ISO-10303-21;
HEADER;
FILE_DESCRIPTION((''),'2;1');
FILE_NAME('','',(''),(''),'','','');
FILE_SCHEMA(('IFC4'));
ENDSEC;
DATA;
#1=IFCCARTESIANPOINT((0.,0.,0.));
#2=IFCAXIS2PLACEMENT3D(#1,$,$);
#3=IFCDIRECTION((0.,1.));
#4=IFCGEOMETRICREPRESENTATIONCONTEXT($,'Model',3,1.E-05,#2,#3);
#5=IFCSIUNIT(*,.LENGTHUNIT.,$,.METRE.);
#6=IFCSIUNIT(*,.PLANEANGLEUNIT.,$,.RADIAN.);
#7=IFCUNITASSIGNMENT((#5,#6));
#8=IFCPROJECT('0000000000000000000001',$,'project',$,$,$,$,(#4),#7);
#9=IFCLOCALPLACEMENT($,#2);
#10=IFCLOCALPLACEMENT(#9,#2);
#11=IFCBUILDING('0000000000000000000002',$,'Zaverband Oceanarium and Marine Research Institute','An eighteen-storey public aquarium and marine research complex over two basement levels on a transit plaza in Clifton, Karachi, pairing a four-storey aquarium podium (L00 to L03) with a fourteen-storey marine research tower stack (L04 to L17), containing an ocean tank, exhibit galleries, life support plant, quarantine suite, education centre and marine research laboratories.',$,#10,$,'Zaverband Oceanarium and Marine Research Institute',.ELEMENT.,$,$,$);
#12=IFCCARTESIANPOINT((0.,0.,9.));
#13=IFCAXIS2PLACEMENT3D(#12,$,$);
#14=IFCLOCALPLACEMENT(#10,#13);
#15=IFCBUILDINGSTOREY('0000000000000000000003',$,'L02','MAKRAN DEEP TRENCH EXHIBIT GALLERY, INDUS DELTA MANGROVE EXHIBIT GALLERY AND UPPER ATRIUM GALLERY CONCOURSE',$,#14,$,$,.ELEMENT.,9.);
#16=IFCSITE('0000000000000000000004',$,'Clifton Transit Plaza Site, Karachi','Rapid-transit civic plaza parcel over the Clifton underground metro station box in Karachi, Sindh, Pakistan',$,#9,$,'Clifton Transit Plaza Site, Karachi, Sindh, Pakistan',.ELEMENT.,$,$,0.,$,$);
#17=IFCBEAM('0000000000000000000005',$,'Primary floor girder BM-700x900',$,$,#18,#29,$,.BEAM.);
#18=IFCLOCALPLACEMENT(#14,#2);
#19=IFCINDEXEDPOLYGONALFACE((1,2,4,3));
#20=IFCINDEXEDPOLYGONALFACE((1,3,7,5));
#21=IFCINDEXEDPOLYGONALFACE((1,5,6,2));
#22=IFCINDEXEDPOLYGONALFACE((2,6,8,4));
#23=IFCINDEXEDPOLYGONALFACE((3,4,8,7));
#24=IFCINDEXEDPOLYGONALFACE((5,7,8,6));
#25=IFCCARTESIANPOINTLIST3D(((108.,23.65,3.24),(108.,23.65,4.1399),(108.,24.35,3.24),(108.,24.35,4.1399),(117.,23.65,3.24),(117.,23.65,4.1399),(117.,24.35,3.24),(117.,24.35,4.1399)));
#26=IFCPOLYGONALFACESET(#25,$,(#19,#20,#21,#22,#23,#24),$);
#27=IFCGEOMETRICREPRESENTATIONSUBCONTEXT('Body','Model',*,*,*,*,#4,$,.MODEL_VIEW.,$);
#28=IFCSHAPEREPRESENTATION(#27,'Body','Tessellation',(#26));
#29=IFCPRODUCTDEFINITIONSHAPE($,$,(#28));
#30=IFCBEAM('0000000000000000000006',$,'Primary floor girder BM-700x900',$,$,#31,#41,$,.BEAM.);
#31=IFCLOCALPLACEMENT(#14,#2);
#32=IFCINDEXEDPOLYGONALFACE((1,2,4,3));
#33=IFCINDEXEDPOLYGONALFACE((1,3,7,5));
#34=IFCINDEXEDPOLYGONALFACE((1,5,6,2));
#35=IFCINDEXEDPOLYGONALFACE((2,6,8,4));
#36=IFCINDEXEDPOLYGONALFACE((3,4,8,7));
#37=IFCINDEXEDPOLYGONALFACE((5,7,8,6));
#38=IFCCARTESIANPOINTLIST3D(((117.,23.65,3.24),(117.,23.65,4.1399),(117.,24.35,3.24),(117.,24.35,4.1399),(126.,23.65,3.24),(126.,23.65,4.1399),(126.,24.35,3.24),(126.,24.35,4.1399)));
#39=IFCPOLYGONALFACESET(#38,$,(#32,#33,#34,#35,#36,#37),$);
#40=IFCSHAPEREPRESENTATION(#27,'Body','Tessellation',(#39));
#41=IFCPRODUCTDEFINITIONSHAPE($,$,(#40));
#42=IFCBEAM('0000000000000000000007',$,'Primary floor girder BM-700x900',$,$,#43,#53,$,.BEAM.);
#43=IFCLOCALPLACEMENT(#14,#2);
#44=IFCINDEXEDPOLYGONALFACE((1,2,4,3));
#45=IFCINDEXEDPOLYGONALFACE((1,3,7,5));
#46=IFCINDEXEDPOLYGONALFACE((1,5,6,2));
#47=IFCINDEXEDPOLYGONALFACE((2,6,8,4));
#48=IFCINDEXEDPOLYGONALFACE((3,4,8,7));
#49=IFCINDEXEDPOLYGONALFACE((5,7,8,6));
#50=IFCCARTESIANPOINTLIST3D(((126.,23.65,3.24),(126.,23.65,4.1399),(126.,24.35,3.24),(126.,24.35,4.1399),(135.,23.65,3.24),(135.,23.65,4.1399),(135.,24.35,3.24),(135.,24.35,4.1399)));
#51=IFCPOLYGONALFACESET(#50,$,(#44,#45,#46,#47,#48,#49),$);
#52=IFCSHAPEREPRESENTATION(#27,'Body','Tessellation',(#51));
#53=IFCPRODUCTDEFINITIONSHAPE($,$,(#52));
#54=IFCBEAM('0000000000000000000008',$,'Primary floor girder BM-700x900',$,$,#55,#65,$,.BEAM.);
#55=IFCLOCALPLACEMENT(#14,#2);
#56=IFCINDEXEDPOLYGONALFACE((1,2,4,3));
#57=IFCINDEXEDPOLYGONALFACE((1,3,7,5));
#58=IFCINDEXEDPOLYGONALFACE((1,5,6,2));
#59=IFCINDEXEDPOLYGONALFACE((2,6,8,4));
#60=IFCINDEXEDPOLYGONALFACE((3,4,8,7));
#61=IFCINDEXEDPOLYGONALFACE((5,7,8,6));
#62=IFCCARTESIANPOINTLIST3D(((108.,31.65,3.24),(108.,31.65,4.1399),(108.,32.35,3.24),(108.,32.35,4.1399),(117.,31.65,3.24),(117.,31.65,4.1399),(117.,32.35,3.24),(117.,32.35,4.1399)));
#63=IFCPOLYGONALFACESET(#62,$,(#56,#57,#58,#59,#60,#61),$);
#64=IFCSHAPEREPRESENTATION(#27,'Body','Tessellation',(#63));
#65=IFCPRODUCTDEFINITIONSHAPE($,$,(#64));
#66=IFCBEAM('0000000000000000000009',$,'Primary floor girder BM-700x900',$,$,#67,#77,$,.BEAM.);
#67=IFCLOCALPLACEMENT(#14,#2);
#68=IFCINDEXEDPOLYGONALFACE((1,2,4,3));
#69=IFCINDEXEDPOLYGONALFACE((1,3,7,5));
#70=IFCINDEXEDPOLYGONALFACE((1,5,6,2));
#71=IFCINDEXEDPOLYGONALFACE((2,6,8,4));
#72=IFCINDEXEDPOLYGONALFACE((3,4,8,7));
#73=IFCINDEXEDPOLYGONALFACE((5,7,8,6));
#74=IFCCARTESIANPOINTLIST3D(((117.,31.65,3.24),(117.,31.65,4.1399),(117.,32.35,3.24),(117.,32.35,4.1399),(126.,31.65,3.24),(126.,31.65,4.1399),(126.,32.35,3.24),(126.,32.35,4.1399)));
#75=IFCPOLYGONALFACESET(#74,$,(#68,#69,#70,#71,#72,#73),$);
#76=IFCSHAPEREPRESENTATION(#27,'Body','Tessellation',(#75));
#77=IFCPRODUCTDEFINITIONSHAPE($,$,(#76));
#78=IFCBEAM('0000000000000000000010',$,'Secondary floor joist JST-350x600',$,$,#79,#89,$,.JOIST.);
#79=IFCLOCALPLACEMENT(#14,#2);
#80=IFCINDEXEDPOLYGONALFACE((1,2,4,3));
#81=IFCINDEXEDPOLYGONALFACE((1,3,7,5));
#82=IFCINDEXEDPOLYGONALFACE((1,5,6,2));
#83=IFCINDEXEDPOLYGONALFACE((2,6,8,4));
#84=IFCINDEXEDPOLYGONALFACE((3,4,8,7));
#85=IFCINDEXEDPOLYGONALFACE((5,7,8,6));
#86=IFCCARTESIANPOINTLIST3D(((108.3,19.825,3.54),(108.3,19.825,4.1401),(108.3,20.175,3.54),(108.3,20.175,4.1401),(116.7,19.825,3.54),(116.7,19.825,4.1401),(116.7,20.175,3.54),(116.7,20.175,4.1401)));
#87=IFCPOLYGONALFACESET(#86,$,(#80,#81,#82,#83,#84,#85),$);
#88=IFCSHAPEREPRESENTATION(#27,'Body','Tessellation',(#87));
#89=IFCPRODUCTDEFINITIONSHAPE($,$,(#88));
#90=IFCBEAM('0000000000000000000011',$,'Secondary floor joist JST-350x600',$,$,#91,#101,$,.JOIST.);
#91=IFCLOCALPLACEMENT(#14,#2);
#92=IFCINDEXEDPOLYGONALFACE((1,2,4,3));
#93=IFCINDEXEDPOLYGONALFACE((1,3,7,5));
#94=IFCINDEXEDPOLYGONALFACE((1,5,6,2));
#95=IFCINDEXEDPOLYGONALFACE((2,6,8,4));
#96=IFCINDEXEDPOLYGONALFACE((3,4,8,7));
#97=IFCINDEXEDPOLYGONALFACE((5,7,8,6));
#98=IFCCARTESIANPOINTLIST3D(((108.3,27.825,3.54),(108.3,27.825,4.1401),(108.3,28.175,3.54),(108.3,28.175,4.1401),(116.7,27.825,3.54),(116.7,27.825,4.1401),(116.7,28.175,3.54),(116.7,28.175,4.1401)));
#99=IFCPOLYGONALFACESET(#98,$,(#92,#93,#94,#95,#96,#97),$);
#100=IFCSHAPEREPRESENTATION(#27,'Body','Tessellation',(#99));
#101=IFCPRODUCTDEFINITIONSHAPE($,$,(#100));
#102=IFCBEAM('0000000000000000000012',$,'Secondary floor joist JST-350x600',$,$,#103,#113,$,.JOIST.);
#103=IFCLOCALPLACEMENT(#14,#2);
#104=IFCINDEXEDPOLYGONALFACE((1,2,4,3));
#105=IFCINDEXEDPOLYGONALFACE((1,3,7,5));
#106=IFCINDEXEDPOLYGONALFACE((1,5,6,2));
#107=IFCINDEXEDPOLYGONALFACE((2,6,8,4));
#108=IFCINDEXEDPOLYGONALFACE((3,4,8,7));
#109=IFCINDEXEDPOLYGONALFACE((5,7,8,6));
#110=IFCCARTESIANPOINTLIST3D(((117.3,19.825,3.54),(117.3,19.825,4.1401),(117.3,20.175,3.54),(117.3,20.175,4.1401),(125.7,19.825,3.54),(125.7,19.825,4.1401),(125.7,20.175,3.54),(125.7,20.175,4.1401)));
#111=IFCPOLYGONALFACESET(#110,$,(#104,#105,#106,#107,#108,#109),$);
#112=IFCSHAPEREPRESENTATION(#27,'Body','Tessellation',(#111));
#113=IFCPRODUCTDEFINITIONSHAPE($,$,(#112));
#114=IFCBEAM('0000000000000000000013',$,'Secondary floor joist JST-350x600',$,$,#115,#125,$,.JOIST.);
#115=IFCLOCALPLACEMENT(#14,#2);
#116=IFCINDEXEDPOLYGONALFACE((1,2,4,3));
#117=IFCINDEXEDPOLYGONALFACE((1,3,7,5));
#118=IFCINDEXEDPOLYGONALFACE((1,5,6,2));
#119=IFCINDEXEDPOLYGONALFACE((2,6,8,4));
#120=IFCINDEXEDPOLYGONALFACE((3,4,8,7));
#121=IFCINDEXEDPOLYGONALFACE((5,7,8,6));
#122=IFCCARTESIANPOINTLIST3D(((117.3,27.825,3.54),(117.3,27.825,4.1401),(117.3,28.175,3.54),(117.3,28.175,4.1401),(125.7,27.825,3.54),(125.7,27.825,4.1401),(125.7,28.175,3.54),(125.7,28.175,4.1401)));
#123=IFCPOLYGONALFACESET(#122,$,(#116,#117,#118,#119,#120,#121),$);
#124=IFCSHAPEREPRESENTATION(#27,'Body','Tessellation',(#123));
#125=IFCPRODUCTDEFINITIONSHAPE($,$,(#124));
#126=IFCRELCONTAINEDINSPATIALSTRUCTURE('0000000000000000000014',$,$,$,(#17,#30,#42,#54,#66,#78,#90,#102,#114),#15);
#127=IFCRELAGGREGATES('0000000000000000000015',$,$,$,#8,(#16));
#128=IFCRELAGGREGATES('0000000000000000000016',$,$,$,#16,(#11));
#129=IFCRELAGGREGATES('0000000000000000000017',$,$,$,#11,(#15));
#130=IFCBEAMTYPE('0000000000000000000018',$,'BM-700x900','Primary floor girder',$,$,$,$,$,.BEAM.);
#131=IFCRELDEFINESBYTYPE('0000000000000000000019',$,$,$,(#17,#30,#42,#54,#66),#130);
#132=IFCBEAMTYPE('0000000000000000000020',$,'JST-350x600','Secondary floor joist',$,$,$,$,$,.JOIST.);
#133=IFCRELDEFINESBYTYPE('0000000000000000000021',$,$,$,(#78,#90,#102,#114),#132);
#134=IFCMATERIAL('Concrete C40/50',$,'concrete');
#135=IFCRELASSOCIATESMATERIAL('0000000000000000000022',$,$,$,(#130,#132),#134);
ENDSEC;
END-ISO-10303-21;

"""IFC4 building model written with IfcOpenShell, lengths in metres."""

from ifc_helpers import new_model, si_unit, direction, frame, origin, origin_2d, place, context, subcontext, project, spatial, rectangle, extrude, material, material_profile, profile_set, type_object, element, save


model = new_model("IFC4")

# Units and contexts
model_context = context("Model", 3, precision=1e-05, world=origin(), true_north=direction((0.0, 1.0)))
body_context = subcontext(model_context, "Body", "Model", "MODEL_VIEW")
ifc_project = project(units=[si_unit("LENGTHUNIT", "METRE"), si_unit("PLANEANGLEUNIT", "RADIAN")], contexts=[model_context])

# Site, building, storey
site_placement = place(None, origin())
site = spatial("IfcSite", under=ifc_project, at=site_placement, Name="Clifton Transit Plaza Site, Karachi", Description="Rapid-transit civic plaza parcel over the Clifton underground metro station box in Karachi, Sindh, Pakistan", LongName="Clifton Transit Plaza Site, Karachi, Sindh, Pakistan", CompositionType="ELEMENT", RefElevation=0.0)
building_placement = place(site_placement, origin())
building = spatial("IfcBuilding", under=site, at=building_placement, Name="Zaverband Oceanarium and Marine Research Institute", Description="An eighteen-storey public aquarium and marine research complex over two basement levels on a transit plaza in Clifton, Karachi, pairing a four-storey aquarium podium (L00 to L03) with a fourteen-storey marine research tower stack (L04 to L17), containing an ocean tank, exhibit galleries, life support plant, quarantine suite, education centre and marine research laboratories.", LongName="Zaverband Oceanarium and Marine Research Institute", CompositionType="ELEMENT")
storey_placement = place(building_placement, frame((0.0, 0.0, 9.0)))
storey = spatial("IfcBuildingStorey", under=building, at=storey_placement, Name="L02", Description="MAKRAN DEEP TRENCH EXHIBIT GALLERY, INDUS DELTA MANGROVE EXHIBIT GALLERY AND UPPER ATRIUM GALLERY CONCOURSE", CompositionType="ELEMENT", Elevation=9.0)

# Beams
ifc_material_1 = material(Name="Concrete C40/50", Category="concrete")
ifc_material_profile_1 = material_profile(ifc_material_1, rectangle(XDim=0.7, YDim=0.8999, at=origin_2d()), Name="RC700x900")
ifc_profile_set_1 = profile_set([ifc_material_profile_1], Name="Concrete C40/50")
beam_type_1 = type_object("IfcBeamType", Name="BM-700x900", Description="Primary floor girder", PredefinedType="BEAM", material=ifc_profile_set_1)
for number, where, z_axis, x_axis, name in (
    (1, (108.0, 24.0, 3.6899), (1.0, 0.0, 0.0), (0.0, 1.0, 0.0), "Primary floor girder BM-700x900"),
    (2, (117.0, 24.0, 3.6899), (1.0, 0.0, 0.0), (0.0, 1.0, 0.0), "Primary floor girder BM-700x900"),
    (3, (126.0, 24.0, 3.6899), (1.0, 0.0, 0.0), (0.0, 1.0, 0.0), "Primary floor girder BM-700x900"),
    (4, (108.0, 32.0, 3.6899), (1.0, 0.0, 0.0), (0.0, 1.0, 0.0), "Primary floor girder BM-700x900"),
    (5, (117.0, 32.0, 3.6899), (1.0, 0.0, 0.0), (0.0, 1.0, 0.0), "Primary floor girder BM-700x900"),
):
    element("IfcBeam", number, at=place(storey_placement, frame(where, z_axis=z_axis, x_axis=x_axis)), inside=storey, type_object=beam_type_1, Name=name, PredefinedType="BEAM", context=body_context, shape_type="SweptSolid", body=[
        extrude(rectangle(XDim=0.7, YDim=0.8999, at=origin_2d()), origin(), (0.0, 0.0, 1.0), 9.0),
    ])
ifc_material_profile_2 = material_profile(ifc_material_1, rectangle(XDim=0.3501, YDim=0.6001, at=origin_2d()), Name="RC350x600")
ifc_profile_set_2 = profile_set([ifc_material_profile_2], Name="Concrete C40/50")
beam_type_2 = type_object("IfcBeamType", Name="JST-350x600", Description="Secondary floor joist", PredefinedType="JOIST", material=ifc_profile_set_2)
for number, where, z_axis, x_axis, name in (
    (6, (108.3, 20.0, 3.8401), (1.0, 0.0, 0.0), (0.0, 1.0, 0.0), "Secondary floor joist JST-350x600"),
    (7, (108.3, 28.0, 3.8401), (1.0, 0.0, 0.0), (0.0, 1.0, 0.0), "Secondary floor joist JST-350x600"),
    (8, (117.3, 20.0, 3.8401), (1.0, 0.0, 0.0), (0.0, 1.0, 0.0), "Secondary floor joist JST-350x600"),
    (9, (117.3, 28.0, 3.8401), (1.0, 0.0, 0.0), (0.0, 1.0, 0.0), "Secondary floor joist JST-350x600"),
):
    element("IfcBeam", number, at=place(storey_placement, frame(where, z_axis=z_axis, x_axis=x_axis)), inside=storey, type_object=beam_type_2, Name=name, PredefinedType="JOIST", context=body_context, shape_type="SweptSolid", body=[
        extrude(rectangle(XDim=0.3501, YDim=0.6001, at=origin_2d()), origin(), (0.0, 0.0, 1.0), 8.3999),
    ])

save(model, "model.ifc")
